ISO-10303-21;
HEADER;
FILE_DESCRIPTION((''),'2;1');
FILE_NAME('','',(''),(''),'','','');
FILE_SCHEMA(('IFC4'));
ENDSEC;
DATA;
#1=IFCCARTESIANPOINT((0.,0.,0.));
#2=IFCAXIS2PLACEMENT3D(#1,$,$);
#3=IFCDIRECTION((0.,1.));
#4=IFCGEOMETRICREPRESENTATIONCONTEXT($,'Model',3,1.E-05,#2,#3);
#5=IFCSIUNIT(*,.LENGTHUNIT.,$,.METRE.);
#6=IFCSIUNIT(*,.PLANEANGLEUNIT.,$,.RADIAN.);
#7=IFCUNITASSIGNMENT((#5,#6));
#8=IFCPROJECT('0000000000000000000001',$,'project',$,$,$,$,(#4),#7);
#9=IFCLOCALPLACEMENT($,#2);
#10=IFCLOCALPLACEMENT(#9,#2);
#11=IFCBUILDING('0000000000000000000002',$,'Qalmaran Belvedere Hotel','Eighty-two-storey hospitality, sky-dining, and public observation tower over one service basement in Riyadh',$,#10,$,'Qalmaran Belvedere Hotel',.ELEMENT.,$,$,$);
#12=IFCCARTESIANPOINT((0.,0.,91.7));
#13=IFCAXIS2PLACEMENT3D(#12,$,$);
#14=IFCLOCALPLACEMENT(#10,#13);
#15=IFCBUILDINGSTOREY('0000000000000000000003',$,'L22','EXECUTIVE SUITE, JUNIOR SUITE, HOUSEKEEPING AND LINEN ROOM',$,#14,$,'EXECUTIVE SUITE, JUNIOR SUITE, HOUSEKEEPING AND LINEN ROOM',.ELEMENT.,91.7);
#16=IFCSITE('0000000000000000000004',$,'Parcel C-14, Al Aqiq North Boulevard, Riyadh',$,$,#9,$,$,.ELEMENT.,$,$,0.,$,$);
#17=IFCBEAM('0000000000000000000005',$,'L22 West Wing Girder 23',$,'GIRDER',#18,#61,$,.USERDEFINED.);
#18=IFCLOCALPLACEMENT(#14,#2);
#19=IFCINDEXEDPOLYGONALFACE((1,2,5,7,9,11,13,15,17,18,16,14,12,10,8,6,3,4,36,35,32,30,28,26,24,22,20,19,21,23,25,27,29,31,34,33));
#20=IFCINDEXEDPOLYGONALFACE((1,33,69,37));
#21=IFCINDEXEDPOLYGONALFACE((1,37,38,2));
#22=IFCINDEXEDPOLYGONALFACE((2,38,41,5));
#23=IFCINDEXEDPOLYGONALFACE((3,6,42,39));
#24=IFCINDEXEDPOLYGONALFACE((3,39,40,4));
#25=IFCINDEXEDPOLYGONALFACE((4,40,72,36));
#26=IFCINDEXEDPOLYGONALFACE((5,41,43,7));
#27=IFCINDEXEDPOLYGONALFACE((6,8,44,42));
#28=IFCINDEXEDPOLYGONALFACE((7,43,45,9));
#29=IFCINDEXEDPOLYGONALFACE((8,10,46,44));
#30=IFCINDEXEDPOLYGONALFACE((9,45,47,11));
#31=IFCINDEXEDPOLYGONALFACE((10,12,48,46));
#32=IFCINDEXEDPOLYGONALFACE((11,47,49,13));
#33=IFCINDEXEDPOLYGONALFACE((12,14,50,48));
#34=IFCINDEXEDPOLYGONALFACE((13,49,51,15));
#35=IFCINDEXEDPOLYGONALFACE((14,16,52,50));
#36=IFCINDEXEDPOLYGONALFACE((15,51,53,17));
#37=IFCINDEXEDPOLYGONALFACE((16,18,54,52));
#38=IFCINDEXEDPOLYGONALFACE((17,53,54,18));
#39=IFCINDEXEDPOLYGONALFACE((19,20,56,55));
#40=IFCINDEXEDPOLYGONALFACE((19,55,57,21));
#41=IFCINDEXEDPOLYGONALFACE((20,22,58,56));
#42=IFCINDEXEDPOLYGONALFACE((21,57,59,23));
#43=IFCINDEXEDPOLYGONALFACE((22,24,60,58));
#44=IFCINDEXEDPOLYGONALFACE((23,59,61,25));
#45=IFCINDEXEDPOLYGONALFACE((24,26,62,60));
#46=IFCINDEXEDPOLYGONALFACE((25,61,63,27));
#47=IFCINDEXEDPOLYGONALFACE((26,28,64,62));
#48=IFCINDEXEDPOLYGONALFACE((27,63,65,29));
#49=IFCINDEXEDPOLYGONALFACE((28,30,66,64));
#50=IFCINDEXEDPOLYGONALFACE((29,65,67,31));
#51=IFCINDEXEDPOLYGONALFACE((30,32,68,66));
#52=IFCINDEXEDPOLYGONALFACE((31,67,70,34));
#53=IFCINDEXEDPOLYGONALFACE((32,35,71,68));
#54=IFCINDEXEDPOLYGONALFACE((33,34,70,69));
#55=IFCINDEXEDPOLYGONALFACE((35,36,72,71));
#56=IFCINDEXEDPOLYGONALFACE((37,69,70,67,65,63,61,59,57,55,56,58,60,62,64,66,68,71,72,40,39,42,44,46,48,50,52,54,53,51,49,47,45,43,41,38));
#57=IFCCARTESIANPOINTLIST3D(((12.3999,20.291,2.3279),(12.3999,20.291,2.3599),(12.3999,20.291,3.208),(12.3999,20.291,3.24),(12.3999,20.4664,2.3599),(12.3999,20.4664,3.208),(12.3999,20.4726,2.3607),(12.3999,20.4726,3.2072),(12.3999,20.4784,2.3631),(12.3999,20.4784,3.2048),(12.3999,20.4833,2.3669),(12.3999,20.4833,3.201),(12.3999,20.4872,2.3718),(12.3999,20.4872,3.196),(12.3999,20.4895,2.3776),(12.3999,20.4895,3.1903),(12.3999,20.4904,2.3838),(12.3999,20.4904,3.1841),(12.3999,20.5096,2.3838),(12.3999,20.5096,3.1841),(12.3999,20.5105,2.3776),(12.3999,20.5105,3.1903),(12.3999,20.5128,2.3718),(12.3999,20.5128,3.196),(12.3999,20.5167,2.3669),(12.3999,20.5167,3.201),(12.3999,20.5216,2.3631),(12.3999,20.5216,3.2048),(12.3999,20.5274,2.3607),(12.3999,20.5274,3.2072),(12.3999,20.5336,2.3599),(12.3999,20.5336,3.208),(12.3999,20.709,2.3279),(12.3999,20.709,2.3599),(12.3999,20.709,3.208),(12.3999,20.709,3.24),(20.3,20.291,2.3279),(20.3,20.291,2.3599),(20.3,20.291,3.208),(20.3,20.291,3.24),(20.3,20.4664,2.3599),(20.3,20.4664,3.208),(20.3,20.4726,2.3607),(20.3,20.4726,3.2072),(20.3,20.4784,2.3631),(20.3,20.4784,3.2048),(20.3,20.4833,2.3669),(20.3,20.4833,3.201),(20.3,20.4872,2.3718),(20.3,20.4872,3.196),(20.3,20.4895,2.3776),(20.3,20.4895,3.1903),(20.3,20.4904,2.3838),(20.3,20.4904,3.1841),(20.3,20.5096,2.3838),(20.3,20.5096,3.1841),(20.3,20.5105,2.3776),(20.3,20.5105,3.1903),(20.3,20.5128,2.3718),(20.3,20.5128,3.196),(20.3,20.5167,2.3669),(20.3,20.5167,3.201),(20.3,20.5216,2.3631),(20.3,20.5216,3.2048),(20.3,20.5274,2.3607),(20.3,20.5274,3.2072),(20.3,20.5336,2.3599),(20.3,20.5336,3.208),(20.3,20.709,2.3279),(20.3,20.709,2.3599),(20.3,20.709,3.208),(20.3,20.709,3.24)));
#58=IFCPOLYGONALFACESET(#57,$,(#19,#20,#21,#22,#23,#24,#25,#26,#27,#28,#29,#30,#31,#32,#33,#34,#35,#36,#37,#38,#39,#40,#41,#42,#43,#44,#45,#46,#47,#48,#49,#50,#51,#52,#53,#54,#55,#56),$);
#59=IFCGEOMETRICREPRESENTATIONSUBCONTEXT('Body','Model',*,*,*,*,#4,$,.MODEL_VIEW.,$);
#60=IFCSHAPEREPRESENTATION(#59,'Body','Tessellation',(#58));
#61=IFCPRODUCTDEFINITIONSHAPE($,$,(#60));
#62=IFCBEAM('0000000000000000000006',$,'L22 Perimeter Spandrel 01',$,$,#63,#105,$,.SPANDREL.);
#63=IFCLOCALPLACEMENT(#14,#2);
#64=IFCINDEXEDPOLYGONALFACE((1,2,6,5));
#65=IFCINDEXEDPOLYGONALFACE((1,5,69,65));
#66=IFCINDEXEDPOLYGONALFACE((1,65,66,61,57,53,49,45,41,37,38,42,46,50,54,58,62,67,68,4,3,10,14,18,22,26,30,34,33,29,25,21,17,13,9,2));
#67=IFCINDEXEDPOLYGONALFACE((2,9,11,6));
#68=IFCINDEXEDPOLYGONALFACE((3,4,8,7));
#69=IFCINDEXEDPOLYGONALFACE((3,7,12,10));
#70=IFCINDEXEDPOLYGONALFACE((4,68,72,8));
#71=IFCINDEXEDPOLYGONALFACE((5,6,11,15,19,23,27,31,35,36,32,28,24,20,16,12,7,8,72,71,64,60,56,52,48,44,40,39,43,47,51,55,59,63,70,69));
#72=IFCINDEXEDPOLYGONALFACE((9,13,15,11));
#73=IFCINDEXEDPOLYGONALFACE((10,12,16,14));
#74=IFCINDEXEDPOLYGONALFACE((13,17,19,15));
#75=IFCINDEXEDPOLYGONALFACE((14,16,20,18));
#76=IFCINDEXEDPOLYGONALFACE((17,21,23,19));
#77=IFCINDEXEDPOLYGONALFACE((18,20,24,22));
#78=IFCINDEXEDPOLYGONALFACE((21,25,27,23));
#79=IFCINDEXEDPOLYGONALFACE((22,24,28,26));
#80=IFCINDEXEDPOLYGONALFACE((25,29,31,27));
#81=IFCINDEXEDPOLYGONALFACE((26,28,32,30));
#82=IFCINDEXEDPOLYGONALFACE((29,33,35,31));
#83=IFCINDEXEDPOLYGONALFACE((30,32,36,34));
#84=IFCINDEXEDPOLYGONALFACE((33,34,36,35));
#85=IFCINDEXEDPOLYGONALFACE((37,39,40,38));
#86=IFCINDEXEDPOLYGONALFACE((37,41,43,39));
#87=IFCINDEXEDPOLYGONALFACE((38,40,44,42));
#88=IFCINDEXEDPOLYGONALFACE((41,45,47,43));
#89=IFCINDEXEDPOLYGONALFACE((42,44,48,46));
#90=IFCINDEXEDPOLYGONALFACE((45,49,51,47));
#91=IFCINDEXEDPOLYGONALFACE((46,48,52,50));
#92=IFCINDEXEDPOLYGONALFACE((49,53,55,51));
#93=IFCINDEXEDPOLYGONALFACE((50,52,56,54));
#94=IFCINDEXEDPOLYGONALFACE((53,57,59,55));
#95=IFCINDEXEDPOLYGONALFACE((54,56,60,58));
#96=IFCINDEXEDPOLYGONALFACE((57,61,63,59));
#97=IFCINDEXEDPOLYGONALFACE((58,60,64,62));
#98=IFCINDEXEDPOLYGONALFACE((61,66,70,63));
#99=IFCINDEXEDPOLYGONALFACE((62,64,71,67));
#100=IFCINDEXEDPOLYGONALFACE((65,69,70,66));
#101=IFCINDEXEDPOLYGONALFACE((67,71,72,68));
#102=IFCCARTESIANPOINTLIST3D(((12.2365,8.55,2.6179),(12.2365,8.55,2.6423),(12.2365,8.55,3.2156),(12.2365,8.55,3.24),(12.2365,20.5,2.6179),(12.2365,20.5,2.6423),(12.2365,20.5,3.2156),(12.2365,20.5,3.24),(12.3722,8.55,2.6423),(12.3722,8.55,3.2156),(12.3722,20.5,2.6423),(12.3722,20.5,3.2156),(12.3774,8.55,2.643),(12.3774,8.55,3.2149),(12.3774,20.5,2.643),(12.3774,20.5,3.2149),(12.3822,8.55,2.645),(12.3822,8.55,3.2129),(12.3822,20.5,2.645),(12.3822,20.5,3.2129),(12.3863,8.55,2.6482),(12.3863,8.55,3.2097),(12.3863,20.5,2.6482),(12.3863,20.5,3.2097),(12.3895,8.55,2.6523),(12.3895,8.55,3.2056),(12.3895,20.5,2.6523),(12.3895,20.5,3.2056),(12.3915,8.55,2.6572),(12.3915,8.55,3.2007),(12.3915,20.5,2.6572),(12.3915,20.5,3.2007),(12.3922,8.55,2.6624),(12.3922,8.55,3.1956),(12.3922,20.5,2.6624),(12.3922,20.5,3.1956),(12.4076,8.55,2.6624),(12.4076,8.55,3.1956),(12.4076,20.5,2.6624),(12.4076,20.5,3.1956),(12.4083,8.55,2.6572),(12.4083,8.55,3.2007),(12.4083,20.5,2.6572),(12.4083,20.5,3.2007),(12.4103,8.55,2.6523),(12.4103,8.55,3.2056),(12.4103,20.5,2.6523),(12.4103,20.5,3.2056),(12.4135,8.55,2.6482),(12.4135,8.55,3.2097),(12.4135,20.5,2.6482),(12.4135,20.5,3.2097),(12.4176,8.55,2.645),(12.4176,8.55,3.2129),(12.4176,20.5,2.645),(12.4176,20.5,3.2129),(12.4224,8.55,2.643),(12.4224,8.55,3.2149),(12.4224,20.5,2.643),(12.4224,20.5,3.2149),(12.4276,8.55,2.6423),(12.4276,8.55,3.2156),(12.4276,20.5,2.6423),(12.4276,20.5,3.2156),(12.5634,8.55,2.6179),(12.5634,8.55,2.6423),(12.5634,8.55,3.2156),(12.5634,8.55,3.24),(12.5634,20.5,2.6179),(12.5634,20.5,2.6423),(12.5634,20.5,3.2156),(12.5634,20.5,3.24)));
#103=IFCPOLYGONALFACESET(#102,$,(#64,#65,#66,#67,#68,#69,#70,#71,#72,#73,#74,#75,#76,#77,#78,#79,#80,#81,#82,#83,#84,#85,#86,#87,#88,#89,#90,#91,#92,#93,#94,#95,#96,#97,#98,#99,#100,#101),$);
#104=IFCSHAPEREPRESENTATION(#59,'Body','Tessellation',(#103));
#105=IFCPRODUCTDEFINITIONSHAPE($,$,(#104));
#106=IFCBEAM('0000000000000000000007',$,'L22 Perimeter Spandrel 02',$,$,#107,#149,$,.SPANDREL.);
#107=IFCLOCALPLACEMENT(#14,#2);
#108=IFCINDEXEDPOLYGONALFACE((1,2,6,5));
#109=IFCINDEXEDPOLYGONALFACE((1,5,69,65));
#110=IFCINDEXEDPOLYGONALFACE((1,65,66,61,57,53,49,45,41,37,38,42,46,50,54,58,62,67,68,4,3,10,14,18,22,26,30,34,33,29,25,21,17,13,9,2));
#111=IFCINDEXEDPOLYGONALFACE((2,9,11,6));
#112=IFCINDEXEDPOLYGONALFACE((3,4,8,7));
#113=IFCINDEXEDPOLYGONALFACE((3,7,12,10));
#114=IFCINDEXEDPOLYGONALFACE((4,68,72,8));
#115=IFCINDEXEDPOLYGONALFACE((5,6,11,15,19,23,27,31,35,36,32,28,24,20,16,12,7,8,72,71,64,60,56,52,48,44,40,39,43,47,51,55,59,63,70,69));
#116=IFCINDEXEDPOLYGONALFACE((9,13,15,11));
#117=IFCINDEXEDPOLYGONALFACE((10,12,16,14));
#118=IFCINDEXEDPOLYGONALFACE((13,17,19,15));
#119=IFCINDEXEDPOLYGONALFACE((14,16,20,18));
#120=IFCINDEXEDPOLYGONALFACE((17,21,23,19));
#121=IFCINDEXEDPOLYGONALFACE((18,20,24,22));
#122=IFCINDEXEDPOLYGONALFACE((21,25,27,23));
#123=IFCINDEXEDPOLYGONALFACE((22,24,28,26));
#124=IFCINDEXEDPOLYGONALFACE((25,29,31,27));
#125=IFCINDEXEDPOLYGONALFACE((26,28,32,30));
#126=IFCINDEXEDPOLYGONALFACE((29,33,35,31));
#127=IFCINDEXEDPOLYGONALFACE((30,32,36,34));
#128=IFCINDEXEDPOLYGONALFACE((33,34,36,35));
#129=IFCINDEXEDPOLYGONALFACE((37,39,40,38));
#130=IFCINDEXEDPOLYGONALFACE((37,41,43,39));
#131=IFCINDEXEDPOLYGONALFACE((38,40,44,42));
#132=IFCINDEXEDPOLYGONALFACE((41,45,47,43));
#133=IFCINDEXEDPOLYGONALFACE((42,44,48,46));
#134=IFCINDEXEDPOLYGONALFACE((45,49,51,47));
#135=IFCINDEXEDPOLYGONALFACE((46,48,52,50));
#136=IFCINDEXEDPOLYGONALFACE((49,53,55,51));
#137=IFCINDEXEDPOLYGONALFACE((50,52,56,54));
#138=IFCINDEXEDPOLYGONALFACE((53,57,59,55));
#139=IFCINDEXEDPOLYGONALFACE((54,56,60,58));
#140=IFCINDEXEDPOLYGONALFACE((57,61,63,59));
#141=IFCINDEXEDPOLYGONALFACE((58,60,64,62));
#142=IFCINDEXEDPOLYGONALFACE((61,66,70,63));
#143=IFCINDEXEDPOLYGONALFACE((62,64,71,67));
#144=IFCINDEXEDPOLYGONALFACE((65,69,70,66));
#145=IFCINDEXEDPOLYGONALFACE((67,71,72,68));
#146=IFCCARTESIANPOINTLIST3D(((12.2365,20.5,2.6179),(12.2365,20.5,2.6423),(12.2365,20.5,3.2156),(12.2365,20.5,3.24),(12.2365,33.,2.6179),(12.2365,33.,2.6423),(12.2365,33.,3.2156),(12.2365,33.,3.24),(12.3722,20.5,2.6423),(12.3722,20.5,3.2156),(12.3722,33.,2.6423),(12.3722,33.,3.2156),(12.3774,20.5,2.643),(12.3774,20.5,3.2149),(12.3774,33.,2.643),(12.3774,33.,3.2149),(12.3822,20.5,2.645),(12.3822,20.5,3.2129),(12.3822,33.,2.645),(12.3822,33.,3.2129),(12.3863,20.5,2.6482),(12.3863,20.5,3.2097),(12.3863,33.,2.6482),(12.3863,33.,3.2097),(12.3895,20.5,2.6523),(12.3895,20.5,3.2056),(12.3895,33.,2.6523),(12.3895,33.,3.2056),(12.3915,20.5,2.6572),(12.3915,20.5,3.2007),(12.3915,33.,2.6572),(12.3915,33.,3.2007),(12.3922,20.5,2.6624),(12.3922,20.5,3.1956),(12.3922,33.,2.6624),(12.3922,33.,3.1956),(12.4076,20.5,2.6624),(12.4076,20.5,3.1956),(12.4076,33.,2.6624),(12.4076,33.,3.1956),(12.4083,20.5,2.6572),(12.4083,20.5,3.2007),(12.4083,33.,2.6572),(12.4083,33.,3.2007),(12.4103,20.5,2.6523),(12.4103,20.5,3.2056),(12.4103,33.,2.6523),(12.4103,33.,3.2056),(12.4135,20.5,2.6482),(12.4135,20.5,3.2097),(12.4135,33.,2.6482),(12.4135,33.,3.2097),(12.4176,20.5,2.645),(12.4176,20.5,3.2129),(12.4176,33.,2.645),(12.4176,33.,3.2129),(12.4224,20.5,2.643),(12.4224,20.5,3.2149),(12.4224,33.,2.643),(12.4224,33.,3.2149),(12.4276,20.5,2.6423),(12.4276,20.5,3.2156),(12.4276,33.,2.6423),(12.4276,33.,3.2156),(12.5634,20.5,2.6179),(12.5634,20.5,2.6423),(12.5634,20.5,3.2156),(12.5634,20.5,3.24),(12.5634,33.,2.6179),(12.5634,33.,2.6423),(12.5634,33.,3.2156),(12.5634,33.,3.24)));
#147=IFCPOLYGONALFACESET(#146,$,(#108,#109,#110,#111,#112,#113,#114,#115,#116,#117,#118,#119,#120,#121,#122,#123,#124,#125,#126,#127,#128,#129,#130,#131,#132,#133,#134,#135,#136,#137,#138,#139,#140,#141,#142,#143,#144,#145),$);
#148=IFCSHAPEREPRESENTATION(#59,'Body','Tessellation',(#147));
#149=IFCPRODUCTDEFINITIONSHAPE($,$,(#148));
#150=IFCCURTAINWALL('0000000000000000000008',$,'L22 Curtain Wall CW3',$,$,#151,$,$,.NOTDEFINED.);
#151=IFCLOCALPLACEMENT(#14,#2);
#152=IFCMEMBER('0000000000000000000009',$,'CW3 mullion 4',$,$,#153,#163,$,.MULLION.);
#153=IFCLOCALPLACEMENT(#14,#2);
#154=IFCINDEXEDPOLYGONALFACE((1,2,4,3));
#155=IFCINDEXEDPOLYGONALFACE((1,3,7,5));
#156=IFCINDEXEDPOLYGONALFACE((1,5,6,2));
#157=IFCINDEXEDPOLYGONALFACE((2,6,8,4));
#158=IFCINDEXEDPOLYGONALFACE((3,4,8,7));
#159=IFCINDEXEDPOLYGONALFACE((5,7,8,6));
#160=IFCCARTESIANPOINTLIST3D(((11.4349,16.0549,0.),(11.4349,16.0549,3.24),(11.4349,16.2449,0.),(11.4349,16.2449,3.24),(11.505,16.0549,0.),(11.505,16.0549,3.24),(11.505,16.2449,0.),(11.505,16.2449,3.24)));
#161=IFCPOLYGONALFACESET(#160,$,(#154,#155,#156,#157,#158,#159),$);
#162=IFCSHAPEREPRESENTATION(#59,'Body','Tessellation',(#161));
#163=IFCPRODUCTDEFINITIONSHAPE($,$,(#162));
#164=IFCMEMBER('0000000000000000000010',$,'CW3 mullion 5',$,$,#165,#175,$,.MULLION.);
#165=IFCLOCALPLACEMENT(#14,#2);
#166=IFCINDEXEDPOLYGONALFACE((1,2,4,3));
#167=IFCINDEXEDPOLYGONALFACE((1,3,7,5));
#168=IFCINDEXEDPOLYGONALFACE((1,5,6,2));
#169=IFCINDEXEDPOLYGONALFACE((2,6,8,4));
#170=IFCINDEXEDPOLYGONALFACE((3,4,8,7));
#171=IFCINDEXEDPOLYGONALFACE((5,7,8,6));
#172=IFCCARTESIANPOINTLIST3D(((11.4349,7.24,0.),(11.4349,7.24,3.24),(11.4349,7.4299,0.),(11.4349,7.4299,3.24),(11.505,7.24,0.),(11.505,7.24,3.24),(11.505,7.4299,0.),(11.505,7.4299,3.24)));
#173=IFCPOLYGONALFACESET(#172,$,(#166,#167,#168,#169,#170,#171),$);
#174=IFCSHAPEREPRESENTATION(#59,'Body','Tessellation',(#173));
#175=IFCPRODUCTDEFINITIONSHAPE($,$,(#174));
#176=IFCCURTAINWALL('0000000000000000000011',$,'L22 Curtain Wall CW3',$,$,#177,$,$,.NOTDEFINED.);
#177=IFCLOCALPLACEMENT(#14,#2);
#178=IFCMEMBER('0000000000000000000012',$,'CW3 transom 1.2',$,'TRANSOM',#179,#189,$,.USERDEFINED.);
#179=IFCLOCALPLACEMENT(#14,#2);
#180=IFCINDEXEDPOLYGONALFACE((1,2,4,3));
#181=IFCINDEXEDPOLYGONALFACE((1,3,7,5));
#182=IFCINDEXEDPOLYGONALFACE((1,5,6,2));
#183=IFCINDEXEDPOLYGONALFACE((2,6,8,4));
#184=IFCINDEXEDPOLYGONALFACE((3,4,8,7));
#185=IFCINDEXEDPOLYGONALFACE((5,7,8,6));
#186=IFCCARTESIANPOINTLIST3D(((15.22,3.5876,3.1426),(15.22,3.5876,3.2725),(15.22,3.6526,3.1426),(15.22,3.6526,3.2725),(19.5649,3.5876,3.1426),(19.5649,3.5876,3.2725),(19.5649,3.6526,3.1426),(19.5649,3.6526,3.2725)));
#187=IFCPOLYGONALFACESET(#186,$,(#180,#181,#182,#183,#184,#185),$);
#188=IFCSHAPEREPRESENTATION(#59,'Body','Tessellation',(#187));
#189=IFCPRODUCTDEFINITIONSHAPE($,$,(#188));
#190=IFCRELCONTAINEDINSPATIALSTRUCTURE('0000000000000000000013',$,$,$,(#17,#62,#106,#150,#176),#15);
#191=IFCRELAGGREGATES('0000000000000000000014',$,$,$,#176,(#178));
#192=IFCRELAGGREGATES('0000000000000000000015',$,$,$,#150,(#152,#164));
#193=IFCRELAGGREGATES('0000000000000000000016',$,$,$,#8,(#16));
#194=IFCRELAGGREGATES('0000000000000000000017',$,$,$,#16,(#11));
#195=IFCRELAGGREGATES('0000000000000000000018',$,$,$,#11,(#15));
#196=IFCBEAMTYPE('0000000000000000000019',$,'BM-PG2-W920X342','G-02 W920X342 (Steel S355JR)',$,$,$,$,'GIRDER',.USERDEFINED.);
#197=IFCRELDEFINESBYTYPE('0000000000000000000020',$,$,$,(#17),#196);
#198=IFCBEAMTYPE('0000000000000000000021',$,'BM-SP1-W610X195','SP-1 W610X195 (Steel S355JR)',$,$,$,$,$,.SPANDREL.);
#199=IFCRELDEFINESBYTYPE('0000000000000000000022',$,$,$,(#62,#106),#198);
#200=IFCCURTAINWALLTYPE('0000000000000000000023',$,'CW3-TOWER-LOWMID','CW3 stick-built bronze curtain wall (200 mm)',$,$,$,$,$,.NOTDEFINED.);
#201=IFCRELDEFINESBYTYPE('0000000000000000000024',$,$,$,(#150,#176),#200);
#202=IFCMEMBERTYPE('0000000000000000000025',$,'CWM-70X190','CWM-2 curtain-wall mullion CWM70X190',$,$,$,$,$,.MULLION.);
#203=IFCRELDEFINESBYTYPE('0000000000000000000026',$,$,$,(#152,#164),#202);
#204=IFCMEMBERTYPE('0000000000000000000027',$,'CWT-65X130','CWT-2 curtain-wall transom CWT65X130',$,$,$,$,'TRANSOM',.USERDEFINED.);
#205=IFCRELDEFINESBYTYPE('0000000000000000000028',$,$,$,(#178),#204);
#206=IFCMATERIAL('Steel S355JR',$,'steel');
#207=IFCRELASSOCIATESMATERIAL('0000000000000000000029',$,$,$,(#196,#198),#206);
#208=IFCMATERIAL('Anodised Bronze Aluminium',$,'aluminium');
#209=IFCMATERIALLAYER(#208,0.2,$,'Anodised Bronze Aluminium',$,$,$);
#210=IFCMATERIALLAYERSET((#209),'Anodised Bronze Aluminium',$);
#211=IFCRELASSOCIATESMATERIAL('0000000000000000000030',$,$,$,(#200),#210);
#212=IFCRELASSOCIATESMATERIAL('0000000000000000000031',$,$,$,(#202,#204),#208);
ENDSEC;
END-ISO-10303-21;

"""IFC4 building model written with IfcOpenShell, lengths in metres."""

from ifc_helpers import new_model, si_unit, direction, frame, origin, origin_2d, place, context, subcontext, project, spatial, rectangle, i_section, extrude, material, layer, layer_set, material_profile, profile_set, type_object, element, aggregate, save


model = new_model("IFC4")

# Units and contexts
model_context = context("Model", 3, precision=1e-05, world=origin(), true_north=direction((0.0, 1.0)))
body_context = subcontext(model_context, "Body", "Model", "MODEL_VIEW")
ifc_project = project(units=[si_unit("LENGTHUNIT", "METRE"), si_unit("PLANEANGLEUNIT", "RADIAN")], contexts=[model_context])

# Site, building, storey
site_placement = place(None, origin())
site = spatial("IfcSite", under=ifc_project, at=site_placement, Name="Parcel C-14, Al Aqiq North Boulevard, Riyadh", CompositionType="ELEMENT", RefElevation=0.0)
building_placement = place(site_placement, origin())
building = spatial("IfcBuilding", under=site, at=building_placement, Name="Qalmaran Belvedere Hotel", Description="Eighty-two-storey hospitality, sky-dining, and public observation tower over one service basement in Riyadh", LongName="Qalmaran Belvedere Hotel", CompositionType="ELEMENT")
storey_placement = place(building_placement, frame((0.0, 0.0, 91.7)))
storey = spatial("IfcBuildingStorey", under=building, at=storey_placement, Name="L22", Description="EXECUTIVE SUITE, JUNIOR SUITE, HOUSEKEEPING AND LINEN ROOM", LongName="EXECUTIVE SUITE, JUNIOR SUITE, HOUSEKEEPING AND LINEN ROOM", CompositionType="ELEMENT", Elevation=91.7)

# Beams
ifc_material_1 = material(Name="Steel S355JR", Category="steel")
ifc_material_profile_1 = material_profile(ifc_material_1, i_section(OverallWidth=0.418, OverallDepth=0.9121, WebThickness=0.0193, FlangeThickness=0.032, FilletRadius=0.0239, at=origin_2d()), Name="W920X342")
ifc_profile_set_1 = profile_set([ifc_material_profile_1], Name="Steel S355JR")
beam_type_1 = type_object("IfcBeamType", Name="BM-PG2-W920X342", Description="G-02 W920X342 (Steel S355JR)", ElementType="GIRDER", PredefinedType="USERDEFINED", material=ifc_profile_set_1)
for number, where, z_axis, x_axis, name in (
    (1, (12.3999, 20.5, 2.7839), (1.0, 0.0, 0.0), (0.0, 1.0, 0.0), "L22 West Wing Girder 23"),
):
    element("IfcBeam", number, at=place(storey_placement, frame(where, z_axis=z_axis, x_axis=x_axis)), inside=storey, type_object=beam_type_1, Name=name, ObjectType="GIRDER", PredefinedType="USERDEFINED", context=body_context, shape_type="SweptSolid", body=[
        extrude(i_section(OverallWidth=0.418, OverallDepth=0.9121, WebThickness=0.0193, FlangeThickness=0.032, FilletRadius=0.0239, at=origin_2d()), origin(), (0.0, 0.0, 1.0), 7.9001),
    ])
ifc_material_profile_2 = material_profile(ifc_material_1, i_section(OverallWidth=0.3269, OverallDepth=0.6221, WebThickness=0.0154, FlangeThickness=0.0244, FilletRadius=0.02, at=origin_2d()), Name="W610X195")
ifc_profile_set_2 = profile_set([ifc_material_profile_2], Name="Steel S355JR")
beam_type_2 = type_object("IfcBeamType", Name="BM-SP1-W610X195", Description="SP-1 W610X195 (Steel S355JR)", PredefinedType="SPANDREL", material=ifc_profile_set_2)
beam_1_placement = place(storey_placement, frame((12.3999, 8.55, 2.929), z_axis=(0.0, 1.0, 0.0), x_axis=(-1.0, 0.0, 0.0)))
element("IfcBeam", 2, at=beam_1_placement, inside=storey, type_object=beam_type_2, Name="L22 Perimeter Spandrel 01", PredefinedType="SPANDREL", context=body_context, shape_type="SweptSolid", body=[
    extrude(i_section(OverallWidth=0.3269, OverallDepth=0.6221, WebThickness=0.0154, FlangeThickness=0.0244, FilletRadius=0.02, at=origin_2d()), origin(), (0.0, 0.0, 1.0), 11.95),
])
beam_2_placement = place(storey_placement, frame((12.3999, 20.5, 2.929), z_axis=(0.0, 1.0, 0.0), x_axis=(-1.0, 0.0, 0.0)))
element("IfcBeam", 3, at=beam_2_placement, inside=storey, type_object=beam_type_2, Name="L22 Perimeter Spandrel 02", PredefinedType="SPANDREL", context=body_context, shape_type="SweptSolid", body=[
    extrude(i_section(OverallWidth=0.3269, OverallDepth=0.6221, WebThickness=0.0154, FlangeThickness=0.0244, FilletRadius=0.02, at=origin_2d()), origin(), (0.0, 0.0, 1.0), 12.5),
])

# Curtain wall, members
ifc_material_2 = material(Name="Anodised Bronze Aluminium", Category="aluminium")
ifc_layer_1 = layer(ifc_material_2, 0.2, Name="Anodised Bronze Aluminium")
ifc_layer_set_1 = layer_set([ifc_layer_1], Name="Anodised Bronze Aluminium")
curtain_wall_type = type_object("IfcCurtainWallType", Name="CW3-TOWER-LOWMID", Description="CW3 stick-built bronze curtain wall (200 mm)", PredefinedType="NOTDEFINED", material=ifc_layer_set_1)
curtain_wall_1_placement = place(storey_placement, origin())
curtain_wall_1 = element("IfcCurtainWall", 4, at=curtain_wall_1_placement, inside=storey, type_object=curtain_wall_type, Name="L22 Curtain Wall CW3", PredefinedType="NOTDEFINED")
ifc_material_profile_3 = material_profile(ifc_material_2, rectangle(XDim=0.0701, YDim=0.1899, at=origin_2d()), Name="CWM70X190")
ifc_profile_set_3 = profile_set([ifc_material_profile_3], Name="Anodised Bronze Aluminium")
member_type_1 = type_object("IfcMemberType", Name="CWM-70X190", Description="CWM-2 curtain-wall mullion CWM70X190", PredefinedType="MULLION", material=ifc_profile_set_3)
member_1_placement = place(storey_placement, frame((11.47, 16.1499, 0.0), z_axis=(0.0, 0.0, 1.0), x_axis=(1.0, 0.0, 0.0)))
member_1 = element("IfcMember", 5, at=member_1_placement, type_object=member_type_1, Name="CW3 mullion 4", PredefinedType="MULLION", context=body_context, shape_type="SweptSolid", body=[
    extrude(rectangle(XDim=0.0701, YDim=0.1899, at=origin_2d()), origin(), (0.0, 0.0, 1.0), 3.24),
])
member_2_placement = place(storey_placement, frame((11.47, 7.335, 0.0), z_axis=(0.0, 0.0, 1.0), x_axis=(1.0, 0.0, 0.0)))
member_2 = element("IfcMember", 6, at=member_2_placement, type_object=member_type_1, Name="CW3 mullion 5", PredefinedType="MULLION", context=body_context, shape_type="SweptSolid", body=[
    extrude(rectangle(XDim=0.0701, YDim=0.1899, at=origin_2d()), origin(), (0.0, 0.0, 1.0), 3.24),
])

# Curtain wall, member
curtain_wall_2_placement = place(storey_placement, origin())
curtain_wall_2 = element("IfcCurtainWall", 7, at=curtain_wall_2_placement, inside=storey, type_object=curtain_wall_type, Name="L22 Curtain Wall CW3", PredefinedType="NOTDEFINED")
ifc_material_profile_4 = material_profile(ifc_material_2, rectangle(XDim=0.0649, YDim=0.1299, at=origin_2d()), Name="CWT65X130")
ifc_profile_set_4 = profile_set([ifc_material_profile_4], Name="Anodised Bronze Aluminium")
member_type_2 = type_object("IfcMemberType", Name="CWT-65X130", Description="CWT-2 curtain-wall transom CWT65X130", ElementType="TRANSOM", PredefinedType="USERDEFINED", material=ifc_profile_set_4)
member_3_placement = place(storey_placement, frame((15.22, 3.6201, 3.2075), z_axis=(1.0, 0.0, 0.0), x_axis=(0.0, 1.0, 0.0)))
member_3 = element("IfcMember", 8, at=member_3_placement, type_object=member_type_2, Name="CW3 transom 1.2", ObjectType="TRANSOM", PredefinedType="USERDEFINED", context=body_context, shape_type="SweptSolid", body=[
    extrude(rectangle(XDim=0.0649, YDim=0.1299, at=origin_2d()), origin(), (0.0, 0.0, 1.0), 4.345),
])
aggregate(curtain_wall_2, [member_3])

aggregate(curtain_wall_1, [member_1, member_2])

save(model, "model.ifc")
